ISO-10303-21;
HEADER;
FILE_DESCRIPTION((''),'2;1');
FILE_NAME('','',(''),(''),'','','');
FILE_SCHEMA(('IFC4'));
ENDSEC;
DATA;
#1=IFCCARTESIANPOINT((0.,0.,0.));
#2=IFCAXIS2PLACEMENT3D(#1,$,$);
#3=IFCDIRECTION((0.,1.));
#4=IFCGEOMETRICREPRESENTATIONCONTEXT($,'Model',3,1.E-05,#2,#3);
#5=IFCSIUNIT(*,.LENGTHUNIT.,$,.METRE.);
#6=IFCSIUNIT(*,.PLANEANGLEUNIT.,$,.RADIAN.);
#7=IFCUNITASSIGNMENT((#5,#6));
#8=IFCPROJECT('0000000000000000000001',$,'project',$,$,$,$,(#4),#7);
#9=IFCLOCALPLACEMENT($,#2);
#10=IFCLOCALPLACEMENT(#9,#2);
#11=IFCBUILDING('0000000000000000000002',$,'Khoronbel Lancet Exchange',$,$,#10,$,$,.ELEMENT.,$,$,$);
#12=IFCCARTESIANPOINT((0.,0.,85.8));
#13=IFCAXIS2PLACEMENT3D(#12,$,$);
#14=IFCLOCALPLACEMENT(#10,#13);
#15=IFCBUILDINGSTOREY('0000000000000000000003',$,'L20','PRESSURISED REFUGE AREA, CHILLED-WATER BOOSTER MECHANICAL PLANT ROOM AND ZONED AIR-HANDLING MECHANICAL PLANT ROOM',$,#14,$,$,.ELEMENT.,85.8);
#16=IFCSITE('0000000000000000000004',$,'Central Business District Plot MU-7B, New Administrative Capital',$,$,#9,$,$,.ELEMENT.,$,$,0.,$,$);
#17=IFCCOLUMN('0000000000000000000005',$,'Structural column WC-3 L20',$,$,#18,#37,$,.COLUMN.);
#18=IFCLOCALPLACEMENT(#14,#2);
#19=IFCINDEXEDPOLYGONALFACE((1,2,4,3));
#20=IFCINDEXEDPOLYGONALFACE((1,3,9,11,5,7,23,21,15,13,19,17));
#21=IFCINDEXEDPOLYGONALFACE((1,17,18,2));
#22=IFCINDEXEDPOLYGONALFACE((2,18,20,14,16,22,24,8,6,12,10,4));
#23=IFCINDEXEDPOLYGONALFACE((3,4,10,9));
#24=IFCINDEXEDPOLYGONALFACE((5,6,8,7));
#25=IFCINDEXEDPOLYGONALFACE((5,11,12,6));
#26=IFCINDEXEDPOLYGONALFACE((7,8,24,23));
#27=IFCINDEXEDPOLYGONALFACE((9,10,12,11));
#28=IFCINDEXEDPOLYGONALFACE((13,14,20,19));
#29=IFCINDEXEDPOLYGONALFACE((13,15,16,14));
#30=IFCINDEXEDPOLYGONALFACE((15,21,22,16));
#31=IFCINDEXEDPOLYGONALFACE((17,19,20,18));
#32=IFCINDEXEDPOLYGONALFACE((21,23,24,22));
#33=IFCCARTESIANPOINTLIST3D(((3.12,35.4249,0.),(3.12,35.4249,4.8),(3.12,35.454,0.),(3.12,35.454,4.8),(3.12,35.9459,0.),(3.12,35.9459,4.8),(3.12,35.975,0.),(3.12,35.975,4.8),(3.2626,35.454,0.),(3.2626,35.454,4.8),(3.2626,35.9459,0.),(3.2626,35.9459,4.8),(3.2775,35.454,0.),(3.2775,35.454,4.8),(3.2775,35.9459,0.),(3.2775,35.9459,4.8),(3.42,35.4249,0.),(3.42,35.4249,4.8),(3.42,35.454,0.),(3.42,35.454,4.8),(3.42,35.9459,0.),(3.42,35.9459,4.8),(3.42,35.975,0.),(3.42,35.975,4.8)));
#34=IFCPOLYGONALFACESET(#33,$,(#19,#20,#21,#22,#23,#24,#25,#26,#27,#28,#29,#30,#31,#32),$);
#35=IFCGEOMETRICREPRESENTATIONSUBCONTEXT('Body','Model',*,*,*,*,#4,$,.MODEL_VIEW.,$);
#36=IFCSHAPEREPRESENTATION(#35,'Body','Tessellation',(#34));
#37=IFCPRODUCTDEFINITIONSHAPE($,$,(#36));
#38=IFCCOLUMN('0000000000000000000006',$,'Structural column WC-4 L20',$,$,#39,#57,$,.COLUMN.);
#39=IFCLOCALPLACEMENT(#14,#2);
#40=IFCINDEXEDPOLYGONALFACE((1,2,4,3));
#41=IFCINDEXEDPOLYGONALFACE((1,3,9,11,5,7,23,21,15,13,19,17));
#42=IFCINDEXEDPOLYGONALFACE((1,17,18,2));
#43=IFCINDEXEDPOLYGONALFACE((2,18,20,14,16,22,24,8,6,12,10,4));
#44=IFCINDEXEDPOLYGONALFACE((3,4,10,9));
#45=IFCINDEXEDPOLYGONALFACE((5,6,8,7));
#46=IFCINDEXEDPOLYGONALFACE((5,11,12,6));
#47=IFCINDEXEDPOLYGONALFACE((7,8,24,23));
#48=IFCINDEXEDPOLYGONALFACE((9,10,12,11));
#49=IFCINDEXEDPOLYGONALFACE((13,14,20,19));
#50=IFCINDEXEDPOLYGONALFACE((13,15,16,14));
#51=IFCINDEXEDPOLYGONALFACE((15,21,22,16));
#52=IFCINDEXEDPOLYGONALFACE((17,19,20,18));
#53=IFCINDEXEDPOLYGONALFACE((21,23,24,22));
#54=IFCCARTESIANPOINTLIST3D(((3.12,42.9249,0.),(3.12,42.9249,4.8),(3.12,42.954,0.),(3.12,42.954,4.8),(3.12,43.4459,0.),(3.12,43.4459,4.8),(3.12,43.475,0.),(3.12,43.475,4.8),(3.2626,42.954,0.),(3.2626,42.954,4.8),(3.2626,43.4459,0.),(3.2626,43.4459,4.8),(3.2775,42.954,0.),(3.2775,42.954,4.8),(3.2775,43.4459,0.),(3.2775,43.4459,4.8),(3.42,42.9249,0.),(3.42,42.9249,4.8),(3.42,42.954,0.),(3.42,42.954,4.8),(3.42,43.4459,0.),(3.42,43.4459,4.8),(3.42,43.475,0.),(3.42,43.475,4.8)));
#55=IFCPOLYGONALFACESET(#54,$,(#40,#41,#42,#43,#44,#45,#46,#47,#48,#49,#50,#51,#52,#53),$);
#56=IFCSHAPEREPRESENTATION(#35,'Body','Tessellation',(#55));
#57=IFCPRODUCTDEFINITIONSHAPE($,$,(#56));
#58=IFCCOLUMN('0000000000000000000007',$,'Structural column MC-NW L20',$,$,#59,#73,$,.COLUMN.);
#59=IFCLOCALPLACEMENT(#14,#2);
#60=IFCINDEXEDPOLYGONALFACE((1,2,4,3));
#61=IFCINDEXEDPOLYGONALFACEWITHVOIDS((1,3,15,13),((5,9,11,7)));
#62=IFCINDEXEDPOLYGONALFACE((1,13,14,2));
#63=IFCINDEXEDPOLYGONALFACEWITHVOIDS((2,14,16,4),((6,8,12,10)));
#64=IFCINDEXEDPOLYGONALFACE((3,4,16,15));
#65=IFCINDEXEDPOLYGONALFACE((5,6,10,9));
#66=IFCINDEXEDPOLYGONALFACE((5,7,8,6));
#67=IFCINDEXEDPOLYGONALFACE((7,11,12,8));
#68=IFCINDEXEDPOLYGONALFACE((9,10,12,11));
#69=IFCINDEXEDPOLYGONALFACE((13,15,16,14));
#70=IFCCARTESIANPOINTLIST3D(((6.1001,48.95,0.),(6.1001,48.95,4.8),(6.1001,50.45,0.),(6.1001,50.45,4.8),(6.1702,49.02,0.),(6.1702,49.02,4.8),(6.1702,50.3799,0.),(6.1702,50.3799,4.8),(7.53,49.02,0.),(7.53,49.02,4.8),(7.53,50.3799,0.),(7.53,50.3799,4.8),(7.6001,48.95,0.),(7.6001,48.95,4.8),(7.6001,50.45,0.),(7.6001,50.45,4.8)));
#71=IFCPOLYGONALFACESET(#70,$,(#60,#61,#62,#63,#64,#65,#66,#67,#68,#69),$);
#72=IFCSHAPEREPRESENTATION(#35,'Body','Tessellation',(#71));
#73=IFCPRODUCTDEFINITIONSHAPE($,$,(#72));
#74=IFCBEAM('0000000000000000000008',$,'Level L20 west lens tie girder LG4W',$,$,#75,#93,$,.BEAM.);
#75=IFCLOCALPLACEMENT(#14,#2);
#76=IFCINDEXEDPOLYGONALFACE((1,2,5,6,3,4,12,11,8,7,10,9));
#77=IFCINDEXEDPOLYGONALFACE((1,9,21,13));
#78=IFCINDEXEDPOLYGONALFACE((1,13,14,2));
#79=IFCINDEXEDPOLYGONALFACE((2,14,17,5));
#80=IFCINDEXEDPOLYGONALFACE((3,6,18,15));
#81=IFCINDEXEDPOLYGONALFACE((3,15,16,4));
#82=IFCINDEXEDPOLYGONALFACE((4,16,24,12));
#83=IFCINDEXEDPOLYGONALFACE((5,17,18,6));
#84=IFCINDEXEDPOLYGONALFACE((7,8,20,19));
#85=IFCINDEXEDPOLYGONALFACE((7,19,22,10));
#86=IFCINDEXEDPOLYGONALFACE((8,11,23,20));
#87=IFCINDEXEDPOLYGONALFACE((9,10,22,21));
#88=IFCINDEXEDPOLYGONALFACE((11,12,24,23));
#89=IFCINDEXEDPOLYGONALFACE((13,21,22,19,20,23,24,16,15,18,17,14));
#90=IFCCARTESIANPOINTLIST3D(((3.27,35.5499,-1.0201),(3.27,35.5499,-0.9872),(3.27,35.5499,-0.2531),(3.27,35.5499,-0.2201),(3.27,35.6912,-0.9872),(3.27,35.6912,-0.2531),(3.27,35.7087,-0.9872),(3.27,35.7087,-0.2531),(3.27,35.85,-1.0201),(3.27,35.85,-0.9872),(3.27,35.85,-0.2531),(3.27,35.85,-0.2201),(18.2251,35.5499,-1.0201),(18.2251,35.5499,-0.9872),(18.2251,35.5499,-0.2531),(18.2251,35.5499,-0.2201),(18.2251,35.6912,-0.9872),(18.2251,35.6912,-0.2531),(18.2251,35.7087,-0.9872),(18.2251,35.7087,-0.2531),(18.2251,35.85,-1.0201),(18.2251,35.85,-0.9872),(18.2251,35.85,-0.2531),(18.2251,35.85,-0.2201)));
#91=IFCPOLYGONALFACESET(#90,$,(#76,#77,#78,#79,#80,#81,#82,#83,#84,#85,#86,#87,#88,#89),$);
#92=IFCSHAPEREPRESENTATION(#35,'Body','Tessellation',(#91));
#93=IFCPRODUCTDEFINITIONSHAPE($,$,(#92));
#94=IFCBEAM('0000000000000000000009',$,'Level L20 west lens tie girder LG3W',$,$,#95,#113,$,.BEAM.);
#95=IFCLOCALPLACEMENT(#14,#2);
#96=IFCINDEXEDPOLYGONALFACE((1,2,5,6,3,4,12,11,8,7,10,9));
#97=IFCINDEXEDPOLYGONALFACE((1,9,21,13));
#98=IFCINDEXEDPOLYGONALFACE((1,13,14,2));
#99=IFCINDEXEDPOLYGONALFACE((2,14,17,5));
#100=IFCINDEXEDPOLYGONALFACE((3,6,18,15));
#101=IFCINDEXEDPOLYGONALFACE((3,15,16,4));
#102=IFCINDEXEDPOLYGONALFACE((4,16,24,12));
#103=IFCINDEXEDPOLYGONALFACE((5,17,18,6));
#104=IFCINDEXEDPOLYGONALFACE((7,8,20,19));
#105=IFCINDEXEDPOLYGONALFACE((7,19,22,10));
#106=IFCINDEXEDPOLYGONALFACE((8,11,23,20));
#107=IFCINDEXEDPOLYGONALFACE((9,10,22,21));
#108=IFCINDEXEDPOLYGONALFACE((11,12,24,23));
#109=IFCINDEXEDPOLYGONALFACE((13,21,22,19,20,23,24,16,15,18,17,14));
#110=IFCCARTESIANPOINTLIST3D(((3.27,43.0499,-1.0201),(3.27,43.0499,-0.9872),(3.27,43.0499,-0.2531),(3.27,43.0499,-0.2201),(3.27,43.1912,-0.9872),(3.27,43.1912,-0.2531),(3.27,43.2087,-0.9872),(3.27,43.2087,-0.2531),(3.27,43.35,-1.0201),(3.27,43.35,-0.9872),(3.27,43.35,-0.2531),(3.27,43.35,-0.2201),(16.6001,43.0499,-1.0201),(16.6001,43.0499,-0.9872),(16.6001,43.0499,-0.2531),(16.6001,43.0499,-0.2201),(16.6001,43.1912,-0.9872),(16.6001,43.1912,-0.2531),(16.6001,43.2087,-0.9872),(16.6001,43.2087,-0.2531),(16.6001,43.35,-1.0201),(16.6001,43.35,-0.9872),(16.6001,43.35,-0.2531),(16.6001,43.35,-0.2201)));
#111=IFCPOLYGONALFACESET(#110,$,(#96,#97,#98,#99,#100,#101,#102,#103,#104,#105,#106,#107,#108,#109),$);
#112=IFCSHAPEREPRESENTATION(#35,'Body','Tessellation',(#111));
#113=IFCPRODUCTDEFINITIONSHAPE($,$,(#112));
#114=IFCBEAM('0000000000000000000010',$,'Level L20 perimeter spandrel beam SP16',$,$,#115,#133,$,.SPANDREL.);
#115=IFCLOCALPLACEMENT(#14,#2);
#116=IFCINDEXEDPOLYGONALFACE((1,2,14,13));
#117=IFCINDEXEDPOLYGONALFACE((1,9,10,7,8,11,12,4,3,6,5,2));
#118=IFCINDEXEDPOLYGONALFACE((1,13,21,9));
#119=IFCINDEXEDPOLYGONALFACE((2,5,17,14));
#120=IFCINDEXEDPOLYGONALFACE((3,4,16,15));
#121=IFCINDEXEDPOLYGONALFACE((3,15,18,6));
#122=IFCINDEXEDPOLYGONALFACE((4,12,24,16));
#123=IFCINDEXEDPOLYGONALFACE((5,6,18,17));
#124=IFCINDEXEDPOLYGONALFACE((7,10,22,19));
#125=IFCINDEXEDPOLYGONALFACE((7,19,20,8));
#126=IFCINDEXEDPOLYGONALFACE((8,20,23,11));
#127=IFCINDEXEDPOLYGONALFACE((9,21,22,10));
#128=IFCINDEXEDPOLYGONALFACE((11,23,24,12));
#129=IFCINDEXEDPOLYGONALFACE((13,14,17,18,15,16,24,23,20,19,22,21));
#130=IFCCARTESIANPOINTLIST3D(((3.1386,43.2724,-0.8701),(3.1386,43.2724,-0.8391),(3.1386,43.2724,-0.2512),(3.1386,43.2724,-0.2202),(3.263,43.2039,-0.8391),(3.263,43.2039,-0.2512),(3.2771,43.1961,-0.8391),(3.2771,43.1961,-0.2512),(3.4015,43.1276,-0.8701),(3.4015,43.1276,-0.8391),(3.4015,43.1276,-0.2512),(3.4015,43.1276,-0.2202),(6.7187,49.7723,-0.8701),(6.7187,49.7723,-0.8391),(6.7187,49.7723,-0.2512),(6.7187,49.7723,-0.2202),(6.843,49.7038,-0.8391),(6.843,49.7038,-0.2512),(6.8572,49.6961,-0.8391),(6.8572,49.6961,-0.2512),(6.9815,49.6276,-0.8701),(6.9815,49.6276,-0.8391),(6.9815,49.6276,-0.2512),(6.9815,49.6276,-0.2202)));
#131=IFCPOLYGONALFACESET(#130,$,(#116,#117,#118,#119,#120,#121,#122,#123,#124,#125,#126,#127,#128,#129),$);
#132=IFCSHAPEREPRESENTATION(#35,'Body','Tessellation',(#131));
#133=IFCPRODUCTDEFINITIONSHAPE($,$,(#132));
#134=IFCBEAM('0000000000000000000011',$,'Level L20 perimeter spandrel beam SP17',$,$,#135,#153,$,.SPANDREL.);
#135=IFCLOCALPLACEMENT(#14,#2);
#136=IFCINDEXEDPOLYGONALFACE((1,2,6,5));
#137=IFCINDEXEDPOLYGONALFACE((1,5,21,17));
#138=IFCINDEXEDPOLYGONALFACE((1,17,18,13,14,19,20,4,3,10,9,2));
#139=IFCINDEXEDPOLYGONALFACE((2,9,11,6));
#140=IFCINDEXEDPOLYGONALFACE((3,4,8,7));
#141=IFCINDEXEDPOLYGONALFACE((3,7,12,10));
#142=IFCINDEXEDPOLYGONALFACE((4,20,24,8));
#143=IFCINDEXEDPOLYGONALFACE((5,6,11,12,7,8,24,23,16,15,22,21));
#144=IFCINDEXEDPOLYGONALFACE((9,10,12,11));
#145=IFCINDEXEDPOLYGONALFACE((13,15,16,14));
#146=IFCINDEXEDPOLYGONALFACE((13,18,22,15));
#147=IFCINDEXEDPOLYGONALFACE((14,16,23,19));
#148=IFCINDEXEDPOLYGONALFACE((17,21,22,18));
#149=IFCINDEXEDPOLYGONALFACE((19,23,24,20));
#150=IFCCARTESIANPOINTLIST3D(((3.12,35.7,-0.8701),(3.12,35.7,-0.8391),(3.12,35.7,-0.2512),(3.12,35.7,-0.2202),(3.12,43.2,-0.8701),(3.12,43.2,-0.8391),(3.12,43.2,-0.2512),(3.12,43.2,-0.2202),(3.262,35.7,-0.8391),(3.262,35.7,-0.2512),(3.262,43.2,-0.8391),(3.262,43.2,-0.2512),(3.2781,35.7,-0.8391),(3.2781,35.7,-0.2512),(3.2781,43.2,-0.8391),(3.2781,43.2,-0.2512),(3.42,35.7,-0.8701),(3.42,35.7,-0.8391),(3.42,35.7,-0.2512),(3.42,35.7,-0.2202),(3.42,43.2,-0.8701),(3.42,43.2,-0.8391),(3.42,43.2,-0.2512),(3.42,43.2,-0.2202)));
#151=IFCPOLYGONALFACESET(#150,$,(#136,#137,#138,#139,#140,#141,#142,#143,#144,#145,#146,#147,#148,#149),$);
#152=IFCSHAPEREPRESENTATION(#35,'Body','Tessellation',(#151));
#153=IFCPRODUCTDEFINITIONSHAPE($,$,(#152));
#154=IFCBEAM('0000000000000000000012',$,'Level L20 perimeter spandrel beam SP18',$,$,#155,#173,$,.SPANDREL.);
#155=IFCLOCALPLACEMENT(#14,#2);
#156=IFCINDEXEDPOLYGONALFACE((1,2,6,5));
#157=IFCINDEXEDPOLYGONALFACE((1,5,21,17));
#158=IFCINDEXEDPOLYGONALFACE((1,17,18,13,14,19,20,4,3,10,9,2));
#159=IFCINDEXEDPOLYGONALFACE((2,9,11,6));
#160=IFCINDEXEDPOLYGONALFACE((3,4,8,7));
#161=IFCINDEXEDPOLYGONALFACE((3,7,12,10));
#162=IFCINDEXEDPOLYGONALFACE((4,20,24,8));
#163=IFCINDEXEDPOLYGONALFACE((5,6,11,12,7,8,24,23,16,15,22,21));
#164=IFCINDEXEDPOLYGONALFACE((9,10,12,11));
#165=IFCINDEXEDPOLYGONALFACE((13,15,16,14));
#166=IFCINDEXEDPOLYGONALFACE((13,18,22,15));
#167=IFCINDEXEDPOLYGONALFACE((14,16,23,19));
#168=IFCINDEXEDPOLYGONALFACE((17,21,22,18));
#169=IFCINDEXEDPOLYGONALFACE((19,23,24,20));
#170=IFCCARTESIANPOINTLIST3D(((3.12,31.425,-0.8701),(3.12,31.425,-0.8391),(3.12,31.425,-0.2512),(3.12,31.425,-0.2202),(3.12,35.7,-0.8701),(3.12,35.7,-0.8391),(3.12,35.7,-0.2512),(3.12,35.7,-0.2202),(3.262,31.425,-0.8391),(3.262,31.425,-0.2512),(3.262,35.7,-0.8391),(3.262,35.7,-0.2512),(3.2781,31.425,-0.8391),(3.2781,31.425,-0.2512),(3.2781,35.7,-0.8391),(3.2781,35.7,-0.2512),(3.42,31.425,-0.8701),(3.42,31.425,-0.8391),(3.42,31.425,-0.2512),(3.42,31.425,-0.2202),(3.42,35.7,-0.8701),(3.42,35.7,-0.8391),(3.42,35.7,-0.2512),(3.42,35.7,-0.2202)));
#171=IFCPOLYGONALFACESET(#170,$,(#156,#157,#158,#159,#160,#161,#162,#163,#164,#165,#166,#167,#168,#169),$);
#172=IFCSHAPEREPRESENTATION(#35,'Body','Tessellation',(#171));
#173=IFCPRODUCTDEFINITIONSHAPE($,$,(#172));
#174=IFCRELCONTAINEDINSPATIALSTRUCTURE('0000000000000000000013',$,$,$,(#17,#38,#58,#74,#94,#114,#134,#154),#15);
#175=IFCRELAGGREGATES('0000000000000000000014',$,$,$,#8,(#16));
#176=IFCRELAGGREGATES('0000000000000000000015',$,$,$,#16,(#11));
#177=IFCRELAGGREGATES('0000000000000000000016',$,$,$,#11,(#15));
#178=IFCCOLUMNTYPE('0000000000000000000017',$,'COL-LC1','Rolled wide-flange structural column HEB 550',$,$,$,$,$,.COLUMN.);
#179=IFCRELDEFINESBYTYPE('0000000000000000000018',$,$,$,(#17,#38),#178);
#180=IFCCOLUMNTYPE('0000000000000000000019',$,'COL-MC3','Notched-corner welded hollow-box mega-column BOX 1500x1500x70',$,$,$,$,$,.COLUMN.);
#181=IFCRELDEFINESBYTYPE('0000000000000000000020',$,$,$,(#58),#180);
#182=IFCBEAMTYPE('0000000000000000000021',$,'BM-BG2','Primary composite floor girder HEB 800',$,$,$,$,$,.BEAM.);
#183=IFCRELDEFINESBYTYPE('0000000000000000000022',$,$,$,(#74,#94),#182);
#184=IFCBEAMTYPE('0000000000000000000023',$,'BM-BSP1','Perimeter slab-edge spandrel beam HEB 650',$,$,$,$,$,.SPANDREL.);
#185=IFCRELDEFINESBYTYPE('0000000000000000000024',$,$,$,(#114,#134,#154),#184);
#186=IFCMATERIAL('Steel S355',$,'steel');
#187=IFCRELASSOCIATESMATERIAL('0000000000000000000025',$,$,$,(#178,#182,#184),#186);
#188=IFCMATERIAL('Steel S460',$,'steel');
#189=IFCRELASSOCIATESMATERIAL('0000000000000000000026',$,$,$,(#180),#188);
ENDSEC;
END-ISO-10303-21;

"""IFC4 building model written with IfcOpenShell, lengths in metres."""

from ifc_helpers import new_model, si_unit, direction, frame, origin, origin_2d, place, context, subcontext, project, spatial, hollow_rectangle, i_section, extrude, material, material_profile, profile_set, type_object, element, save


model = new_model("IFC4")

# Units and contexts
model_context = context("Model", 3, precision=1e-05, world=origin(), true_north=direction((0.0, 1.0)))
body_context = subcontext(model_context, "Body", "Model", "MODEL_VIEW")
ifc_project = project(units=[si_unit("LENGTHUNIT", "METRE"), si_unit("PLANEANGLEUNIT", "RADIAN")], contexts=[model_context])

# Site, building, storey
site_placement = place(None, origin())
site = spatial("IfcSite", under=ifc_project, at=site_placement, Name="Central Business District Plot MU-7B, New Administrative Capital", CompositionType="ELEMENT", RefElevation=0.0)
building_placement = place(site_placement, origin())
building = spatial("IfcBuilding", under=site, at=building_placement, Name="Khoronbel Lancet Exchange", CompositionType="ELEMENT")
storey_placement = place(building_placement, frame((0.0, 0.0, 85.8)))
storey = spatial("IfcBuildingStorey", under=building, at=storey_placement, Name="L20", Description="PRESSURISED REFUGE AREA, CHILLED-WATER BOOSTER MECHANICAL PLANT ROOM AND ZONED AIR-HANDLING MECHANICAL PLANT ROOM", CompositionType="ELEMENT", Elevation=85.8)

# Columns
ifc_material_1 = material(Name="Steel S355", Category="steel")
ifc_material_profile_1 = material_profile(ifc_material_1, i_section(OverallWidth=0.3, OverallDepth=0.55, WebThickness=0.0149, FlangeThickness=0.0291, at=origin_2d()), Name="HEB 550")
ifc_profile_set_1 = profile_set([ifc_material_profile_1], Name="Steel S355")
column_type_1 = type_object("IfcColumnType", Name="COL-LC1", Description="Rolled wide-flange structural column HEB 550", PredefinedType="COLUMN", material=ifc_profile_set_1)
for number, where, z_axis, x_axis, name in (
    (1, (3.27, 35.7, 0.0), (0.0, 0.0, 1.0), (1.0, 0.0, 0.0), "Structural column WC-3 L20"),
    (2, (3.27, 43.2, 0.0), (0.0, 0.0, 1.0), (1.0, 0.0, 0.0), "Structural column WC-4 L20"),
):
    element("IfcColumn", number, at=place(storey_placement, frame(where, z_axis=z_axis, x_axis=x_axis)), inside=storey, type_object=column_type_1, Name=name, PredefinedType="COLUMN", context=body_context, shape_type="SweptSolid", body=[
        extrude(i_section(OverallWidth=0.3, OverallDepth=0.55, WebThickness=0.0149, FlangeThickness=0.0291, at=origin_2d()), origin(), (0.0, 0.0, 1.0), 4.8),
    ])
ifc_material_2 = material(Name="Steel S460", Category="steel")
ifc_material_profile_2 = material_profile(ifc_material_2, hollow_rectangle(XDim=1.5, YDim=1.5, WallThickness=0.0701, at=origin_2d()), Name="BOX 1500x1500x70")
ifc_profile_set_2 = profile_set([ifc_material_profile_2], Name="Steel S460")
column_type_2 = type_object("IfcColumnType", Name="COL-MC3", Description="Notched-corner welded hollow-box mega-column BOX 1500x1500x70", PredefinedType="COLUMN", material=ifc_profile_set_2)
column_placement = place(storey_placement, frame((6.8501, 49.7, 0.0), z_axis=(0.0, 0.0, 1.0), x_axis=(1.0, 0.0, 0.0)))
element("IfcColumn", 3, at=column_placement, inside=storey, type_object=column_type_2, Name="Structural column MC-NW L20", PredefinedType="COLUMN", context=body_context, shape_type="SweptSolid", body=[
    extrude(hollow_rectangle(XDim=1.5, YDim=1.5, WallThickness=0.0701, at=origin_2d()), origin(), (0.0, 0.0, 1.0), 4.8),
])

# Beams
ifc_material_profile_3 = material_profile(ifc_material_1, i_section(OverallWidth=0.3, OverallDepth=0.8, WebThickness=0.0176, FlangeThickness=0.033, at=origin_2d()), Name="HEB 800")
ifc_profile_set_3 = profile_set([ifc_material_profile_3], Name="Steel S355")
beam_type_1 = type_object("IfcBeamType", Name="BM-BG2", Description="Primary composite floor girder HEB 800", PredefinedType="BEAM", material=ifc_profile_set_3)
beam_1_placement = place(storey_placement, frame((3.27, 35.7, -0.6201), z_axis=(1.0, 0.0, 0.0), x_axis=(0.0, 1.0, 0.0)))
element("IfcBeam", 4, at=beam_1_placement, inside=storey, type_object=beam_type_1, Name="Level L20 west lens tie girder LG4W", PredefinedType="BEAM", context=body_context, shape_type="SweptSolid", body=[
    extrude(i_section(OverallWidth=0.3, OverallDepth=0.8, WebThickness=0.0176, FlangeThickness=0.033, at=origin_2d()), origin(), (0.0, 0.0, 1.0), 14.9551),
])
beam_2_placement = place(storey_placement, frame((3.27, 43.2, -0.6201), z_axis=(1.0, 0.0, 0.0), x_axis=(0.0, 1.0, 0.0)))
element("IfcBeam", 5, at=beam_2_placement, inside=storey, type_object=beam_type_1, Name="Level L20 west lens tie girder LG3W", PredefinedType="BEAM", context=body_context, shape_type="SweptSolid", body=[
    extrude(i_section(OverallWidth=0.3, OverallDepth=0.8, WebThickness=0.0176, FlangeThickness=0.033, at=origin_2d()), origin(), (0.0, 0.0, 1.0), 13.3301),
])
ifc_material_profile_4 = material_profile(ifc_material_1, i_section(OverallWidth=0.3, OverallDepth=0.6499, WebThickness=0.0161, FlangeThickness=0.031, at=origin_2d()), Name="HEB 650")
ifc_profile_set_4 = profile_set([ifc_material_profile_4], Name="Steel S355")
beam_type_2 = type_object("IfcBeamType", Name="BM-BSP1", Description="Perimeter slab-edge spandrel beam HEB 650", PredefinedType="SPANDREL", material=ifc_profile_set_4)
beam_3_placement = place(storey_placement, frame((6.8501, 49.7, -0.5452), z_axis=(-0.482444, -0.875927, 0.0), x_axis=(0.875927, -0.482444, 0.0)))
element("IfcBeam", 6, at=beam_3_placement, inside=storey, type_object=beam_type_2, Name="Level L20 perimeter spandrel beam SP16", PredefinedType="SPANDREL", context=body_context, shape_type="SweptSolid", body=[
    extrude(i_section(OverallWidth=0.3, OverallDepth=0.6499, WebThickness=0.0161, FlangeThickness=0.031, at=origin_2d()), origin(), (0.0, 0.0, 1.0), 7.4207),
])
beam_4_placement = place(storey_placement, frame((3.27, 43.2, -0.5452), z_axis=(0.0, -1.0, 0.0), x_axis=(1.0, 0.0, 0.0)))
element("IfcBeam", 7, at=beam_4_placement, inside=storey, type_object=beam_type_2, Name="Level L20 perimeter spandrel beam SP17", PredefinedType="SPANDREL", context=body_context, shape_type="SweptSolid", body=[
    extrude(i_section(OverallWidth=0.3, OverallDepth=0.6499, WebThickness=0.0161, FlangeThickness=0.031, at=origin_2d()), origin(), (0.0, 0.0, 1.0), 7.5),
])
beam_5_placement = place(storey_placement, frame((3.27, 35.7, -0.5452), z_axis=(0.0, -1.0, 0.0), x_axis=(1.0, 0.0, 0.0)))
element("IfcBeam", 8, at=beam_5_placement, inside=storey, type_object=beam_type_2, Name="Level L20 perimeter spandrel beam SP18", PredefinedType="SPANDREL", context=body_context, shape_type="SweptSolid", body=[
    extrude(i_section(OverallWidth=0.3, OverallDepth=0.6499, WebThickness=0.0161, FlangeThickness=0.031, at=origin_2d()), origin(), (0.0, 0.0, 1.0), 4.2749),
])

save(model, "model.ifc")
